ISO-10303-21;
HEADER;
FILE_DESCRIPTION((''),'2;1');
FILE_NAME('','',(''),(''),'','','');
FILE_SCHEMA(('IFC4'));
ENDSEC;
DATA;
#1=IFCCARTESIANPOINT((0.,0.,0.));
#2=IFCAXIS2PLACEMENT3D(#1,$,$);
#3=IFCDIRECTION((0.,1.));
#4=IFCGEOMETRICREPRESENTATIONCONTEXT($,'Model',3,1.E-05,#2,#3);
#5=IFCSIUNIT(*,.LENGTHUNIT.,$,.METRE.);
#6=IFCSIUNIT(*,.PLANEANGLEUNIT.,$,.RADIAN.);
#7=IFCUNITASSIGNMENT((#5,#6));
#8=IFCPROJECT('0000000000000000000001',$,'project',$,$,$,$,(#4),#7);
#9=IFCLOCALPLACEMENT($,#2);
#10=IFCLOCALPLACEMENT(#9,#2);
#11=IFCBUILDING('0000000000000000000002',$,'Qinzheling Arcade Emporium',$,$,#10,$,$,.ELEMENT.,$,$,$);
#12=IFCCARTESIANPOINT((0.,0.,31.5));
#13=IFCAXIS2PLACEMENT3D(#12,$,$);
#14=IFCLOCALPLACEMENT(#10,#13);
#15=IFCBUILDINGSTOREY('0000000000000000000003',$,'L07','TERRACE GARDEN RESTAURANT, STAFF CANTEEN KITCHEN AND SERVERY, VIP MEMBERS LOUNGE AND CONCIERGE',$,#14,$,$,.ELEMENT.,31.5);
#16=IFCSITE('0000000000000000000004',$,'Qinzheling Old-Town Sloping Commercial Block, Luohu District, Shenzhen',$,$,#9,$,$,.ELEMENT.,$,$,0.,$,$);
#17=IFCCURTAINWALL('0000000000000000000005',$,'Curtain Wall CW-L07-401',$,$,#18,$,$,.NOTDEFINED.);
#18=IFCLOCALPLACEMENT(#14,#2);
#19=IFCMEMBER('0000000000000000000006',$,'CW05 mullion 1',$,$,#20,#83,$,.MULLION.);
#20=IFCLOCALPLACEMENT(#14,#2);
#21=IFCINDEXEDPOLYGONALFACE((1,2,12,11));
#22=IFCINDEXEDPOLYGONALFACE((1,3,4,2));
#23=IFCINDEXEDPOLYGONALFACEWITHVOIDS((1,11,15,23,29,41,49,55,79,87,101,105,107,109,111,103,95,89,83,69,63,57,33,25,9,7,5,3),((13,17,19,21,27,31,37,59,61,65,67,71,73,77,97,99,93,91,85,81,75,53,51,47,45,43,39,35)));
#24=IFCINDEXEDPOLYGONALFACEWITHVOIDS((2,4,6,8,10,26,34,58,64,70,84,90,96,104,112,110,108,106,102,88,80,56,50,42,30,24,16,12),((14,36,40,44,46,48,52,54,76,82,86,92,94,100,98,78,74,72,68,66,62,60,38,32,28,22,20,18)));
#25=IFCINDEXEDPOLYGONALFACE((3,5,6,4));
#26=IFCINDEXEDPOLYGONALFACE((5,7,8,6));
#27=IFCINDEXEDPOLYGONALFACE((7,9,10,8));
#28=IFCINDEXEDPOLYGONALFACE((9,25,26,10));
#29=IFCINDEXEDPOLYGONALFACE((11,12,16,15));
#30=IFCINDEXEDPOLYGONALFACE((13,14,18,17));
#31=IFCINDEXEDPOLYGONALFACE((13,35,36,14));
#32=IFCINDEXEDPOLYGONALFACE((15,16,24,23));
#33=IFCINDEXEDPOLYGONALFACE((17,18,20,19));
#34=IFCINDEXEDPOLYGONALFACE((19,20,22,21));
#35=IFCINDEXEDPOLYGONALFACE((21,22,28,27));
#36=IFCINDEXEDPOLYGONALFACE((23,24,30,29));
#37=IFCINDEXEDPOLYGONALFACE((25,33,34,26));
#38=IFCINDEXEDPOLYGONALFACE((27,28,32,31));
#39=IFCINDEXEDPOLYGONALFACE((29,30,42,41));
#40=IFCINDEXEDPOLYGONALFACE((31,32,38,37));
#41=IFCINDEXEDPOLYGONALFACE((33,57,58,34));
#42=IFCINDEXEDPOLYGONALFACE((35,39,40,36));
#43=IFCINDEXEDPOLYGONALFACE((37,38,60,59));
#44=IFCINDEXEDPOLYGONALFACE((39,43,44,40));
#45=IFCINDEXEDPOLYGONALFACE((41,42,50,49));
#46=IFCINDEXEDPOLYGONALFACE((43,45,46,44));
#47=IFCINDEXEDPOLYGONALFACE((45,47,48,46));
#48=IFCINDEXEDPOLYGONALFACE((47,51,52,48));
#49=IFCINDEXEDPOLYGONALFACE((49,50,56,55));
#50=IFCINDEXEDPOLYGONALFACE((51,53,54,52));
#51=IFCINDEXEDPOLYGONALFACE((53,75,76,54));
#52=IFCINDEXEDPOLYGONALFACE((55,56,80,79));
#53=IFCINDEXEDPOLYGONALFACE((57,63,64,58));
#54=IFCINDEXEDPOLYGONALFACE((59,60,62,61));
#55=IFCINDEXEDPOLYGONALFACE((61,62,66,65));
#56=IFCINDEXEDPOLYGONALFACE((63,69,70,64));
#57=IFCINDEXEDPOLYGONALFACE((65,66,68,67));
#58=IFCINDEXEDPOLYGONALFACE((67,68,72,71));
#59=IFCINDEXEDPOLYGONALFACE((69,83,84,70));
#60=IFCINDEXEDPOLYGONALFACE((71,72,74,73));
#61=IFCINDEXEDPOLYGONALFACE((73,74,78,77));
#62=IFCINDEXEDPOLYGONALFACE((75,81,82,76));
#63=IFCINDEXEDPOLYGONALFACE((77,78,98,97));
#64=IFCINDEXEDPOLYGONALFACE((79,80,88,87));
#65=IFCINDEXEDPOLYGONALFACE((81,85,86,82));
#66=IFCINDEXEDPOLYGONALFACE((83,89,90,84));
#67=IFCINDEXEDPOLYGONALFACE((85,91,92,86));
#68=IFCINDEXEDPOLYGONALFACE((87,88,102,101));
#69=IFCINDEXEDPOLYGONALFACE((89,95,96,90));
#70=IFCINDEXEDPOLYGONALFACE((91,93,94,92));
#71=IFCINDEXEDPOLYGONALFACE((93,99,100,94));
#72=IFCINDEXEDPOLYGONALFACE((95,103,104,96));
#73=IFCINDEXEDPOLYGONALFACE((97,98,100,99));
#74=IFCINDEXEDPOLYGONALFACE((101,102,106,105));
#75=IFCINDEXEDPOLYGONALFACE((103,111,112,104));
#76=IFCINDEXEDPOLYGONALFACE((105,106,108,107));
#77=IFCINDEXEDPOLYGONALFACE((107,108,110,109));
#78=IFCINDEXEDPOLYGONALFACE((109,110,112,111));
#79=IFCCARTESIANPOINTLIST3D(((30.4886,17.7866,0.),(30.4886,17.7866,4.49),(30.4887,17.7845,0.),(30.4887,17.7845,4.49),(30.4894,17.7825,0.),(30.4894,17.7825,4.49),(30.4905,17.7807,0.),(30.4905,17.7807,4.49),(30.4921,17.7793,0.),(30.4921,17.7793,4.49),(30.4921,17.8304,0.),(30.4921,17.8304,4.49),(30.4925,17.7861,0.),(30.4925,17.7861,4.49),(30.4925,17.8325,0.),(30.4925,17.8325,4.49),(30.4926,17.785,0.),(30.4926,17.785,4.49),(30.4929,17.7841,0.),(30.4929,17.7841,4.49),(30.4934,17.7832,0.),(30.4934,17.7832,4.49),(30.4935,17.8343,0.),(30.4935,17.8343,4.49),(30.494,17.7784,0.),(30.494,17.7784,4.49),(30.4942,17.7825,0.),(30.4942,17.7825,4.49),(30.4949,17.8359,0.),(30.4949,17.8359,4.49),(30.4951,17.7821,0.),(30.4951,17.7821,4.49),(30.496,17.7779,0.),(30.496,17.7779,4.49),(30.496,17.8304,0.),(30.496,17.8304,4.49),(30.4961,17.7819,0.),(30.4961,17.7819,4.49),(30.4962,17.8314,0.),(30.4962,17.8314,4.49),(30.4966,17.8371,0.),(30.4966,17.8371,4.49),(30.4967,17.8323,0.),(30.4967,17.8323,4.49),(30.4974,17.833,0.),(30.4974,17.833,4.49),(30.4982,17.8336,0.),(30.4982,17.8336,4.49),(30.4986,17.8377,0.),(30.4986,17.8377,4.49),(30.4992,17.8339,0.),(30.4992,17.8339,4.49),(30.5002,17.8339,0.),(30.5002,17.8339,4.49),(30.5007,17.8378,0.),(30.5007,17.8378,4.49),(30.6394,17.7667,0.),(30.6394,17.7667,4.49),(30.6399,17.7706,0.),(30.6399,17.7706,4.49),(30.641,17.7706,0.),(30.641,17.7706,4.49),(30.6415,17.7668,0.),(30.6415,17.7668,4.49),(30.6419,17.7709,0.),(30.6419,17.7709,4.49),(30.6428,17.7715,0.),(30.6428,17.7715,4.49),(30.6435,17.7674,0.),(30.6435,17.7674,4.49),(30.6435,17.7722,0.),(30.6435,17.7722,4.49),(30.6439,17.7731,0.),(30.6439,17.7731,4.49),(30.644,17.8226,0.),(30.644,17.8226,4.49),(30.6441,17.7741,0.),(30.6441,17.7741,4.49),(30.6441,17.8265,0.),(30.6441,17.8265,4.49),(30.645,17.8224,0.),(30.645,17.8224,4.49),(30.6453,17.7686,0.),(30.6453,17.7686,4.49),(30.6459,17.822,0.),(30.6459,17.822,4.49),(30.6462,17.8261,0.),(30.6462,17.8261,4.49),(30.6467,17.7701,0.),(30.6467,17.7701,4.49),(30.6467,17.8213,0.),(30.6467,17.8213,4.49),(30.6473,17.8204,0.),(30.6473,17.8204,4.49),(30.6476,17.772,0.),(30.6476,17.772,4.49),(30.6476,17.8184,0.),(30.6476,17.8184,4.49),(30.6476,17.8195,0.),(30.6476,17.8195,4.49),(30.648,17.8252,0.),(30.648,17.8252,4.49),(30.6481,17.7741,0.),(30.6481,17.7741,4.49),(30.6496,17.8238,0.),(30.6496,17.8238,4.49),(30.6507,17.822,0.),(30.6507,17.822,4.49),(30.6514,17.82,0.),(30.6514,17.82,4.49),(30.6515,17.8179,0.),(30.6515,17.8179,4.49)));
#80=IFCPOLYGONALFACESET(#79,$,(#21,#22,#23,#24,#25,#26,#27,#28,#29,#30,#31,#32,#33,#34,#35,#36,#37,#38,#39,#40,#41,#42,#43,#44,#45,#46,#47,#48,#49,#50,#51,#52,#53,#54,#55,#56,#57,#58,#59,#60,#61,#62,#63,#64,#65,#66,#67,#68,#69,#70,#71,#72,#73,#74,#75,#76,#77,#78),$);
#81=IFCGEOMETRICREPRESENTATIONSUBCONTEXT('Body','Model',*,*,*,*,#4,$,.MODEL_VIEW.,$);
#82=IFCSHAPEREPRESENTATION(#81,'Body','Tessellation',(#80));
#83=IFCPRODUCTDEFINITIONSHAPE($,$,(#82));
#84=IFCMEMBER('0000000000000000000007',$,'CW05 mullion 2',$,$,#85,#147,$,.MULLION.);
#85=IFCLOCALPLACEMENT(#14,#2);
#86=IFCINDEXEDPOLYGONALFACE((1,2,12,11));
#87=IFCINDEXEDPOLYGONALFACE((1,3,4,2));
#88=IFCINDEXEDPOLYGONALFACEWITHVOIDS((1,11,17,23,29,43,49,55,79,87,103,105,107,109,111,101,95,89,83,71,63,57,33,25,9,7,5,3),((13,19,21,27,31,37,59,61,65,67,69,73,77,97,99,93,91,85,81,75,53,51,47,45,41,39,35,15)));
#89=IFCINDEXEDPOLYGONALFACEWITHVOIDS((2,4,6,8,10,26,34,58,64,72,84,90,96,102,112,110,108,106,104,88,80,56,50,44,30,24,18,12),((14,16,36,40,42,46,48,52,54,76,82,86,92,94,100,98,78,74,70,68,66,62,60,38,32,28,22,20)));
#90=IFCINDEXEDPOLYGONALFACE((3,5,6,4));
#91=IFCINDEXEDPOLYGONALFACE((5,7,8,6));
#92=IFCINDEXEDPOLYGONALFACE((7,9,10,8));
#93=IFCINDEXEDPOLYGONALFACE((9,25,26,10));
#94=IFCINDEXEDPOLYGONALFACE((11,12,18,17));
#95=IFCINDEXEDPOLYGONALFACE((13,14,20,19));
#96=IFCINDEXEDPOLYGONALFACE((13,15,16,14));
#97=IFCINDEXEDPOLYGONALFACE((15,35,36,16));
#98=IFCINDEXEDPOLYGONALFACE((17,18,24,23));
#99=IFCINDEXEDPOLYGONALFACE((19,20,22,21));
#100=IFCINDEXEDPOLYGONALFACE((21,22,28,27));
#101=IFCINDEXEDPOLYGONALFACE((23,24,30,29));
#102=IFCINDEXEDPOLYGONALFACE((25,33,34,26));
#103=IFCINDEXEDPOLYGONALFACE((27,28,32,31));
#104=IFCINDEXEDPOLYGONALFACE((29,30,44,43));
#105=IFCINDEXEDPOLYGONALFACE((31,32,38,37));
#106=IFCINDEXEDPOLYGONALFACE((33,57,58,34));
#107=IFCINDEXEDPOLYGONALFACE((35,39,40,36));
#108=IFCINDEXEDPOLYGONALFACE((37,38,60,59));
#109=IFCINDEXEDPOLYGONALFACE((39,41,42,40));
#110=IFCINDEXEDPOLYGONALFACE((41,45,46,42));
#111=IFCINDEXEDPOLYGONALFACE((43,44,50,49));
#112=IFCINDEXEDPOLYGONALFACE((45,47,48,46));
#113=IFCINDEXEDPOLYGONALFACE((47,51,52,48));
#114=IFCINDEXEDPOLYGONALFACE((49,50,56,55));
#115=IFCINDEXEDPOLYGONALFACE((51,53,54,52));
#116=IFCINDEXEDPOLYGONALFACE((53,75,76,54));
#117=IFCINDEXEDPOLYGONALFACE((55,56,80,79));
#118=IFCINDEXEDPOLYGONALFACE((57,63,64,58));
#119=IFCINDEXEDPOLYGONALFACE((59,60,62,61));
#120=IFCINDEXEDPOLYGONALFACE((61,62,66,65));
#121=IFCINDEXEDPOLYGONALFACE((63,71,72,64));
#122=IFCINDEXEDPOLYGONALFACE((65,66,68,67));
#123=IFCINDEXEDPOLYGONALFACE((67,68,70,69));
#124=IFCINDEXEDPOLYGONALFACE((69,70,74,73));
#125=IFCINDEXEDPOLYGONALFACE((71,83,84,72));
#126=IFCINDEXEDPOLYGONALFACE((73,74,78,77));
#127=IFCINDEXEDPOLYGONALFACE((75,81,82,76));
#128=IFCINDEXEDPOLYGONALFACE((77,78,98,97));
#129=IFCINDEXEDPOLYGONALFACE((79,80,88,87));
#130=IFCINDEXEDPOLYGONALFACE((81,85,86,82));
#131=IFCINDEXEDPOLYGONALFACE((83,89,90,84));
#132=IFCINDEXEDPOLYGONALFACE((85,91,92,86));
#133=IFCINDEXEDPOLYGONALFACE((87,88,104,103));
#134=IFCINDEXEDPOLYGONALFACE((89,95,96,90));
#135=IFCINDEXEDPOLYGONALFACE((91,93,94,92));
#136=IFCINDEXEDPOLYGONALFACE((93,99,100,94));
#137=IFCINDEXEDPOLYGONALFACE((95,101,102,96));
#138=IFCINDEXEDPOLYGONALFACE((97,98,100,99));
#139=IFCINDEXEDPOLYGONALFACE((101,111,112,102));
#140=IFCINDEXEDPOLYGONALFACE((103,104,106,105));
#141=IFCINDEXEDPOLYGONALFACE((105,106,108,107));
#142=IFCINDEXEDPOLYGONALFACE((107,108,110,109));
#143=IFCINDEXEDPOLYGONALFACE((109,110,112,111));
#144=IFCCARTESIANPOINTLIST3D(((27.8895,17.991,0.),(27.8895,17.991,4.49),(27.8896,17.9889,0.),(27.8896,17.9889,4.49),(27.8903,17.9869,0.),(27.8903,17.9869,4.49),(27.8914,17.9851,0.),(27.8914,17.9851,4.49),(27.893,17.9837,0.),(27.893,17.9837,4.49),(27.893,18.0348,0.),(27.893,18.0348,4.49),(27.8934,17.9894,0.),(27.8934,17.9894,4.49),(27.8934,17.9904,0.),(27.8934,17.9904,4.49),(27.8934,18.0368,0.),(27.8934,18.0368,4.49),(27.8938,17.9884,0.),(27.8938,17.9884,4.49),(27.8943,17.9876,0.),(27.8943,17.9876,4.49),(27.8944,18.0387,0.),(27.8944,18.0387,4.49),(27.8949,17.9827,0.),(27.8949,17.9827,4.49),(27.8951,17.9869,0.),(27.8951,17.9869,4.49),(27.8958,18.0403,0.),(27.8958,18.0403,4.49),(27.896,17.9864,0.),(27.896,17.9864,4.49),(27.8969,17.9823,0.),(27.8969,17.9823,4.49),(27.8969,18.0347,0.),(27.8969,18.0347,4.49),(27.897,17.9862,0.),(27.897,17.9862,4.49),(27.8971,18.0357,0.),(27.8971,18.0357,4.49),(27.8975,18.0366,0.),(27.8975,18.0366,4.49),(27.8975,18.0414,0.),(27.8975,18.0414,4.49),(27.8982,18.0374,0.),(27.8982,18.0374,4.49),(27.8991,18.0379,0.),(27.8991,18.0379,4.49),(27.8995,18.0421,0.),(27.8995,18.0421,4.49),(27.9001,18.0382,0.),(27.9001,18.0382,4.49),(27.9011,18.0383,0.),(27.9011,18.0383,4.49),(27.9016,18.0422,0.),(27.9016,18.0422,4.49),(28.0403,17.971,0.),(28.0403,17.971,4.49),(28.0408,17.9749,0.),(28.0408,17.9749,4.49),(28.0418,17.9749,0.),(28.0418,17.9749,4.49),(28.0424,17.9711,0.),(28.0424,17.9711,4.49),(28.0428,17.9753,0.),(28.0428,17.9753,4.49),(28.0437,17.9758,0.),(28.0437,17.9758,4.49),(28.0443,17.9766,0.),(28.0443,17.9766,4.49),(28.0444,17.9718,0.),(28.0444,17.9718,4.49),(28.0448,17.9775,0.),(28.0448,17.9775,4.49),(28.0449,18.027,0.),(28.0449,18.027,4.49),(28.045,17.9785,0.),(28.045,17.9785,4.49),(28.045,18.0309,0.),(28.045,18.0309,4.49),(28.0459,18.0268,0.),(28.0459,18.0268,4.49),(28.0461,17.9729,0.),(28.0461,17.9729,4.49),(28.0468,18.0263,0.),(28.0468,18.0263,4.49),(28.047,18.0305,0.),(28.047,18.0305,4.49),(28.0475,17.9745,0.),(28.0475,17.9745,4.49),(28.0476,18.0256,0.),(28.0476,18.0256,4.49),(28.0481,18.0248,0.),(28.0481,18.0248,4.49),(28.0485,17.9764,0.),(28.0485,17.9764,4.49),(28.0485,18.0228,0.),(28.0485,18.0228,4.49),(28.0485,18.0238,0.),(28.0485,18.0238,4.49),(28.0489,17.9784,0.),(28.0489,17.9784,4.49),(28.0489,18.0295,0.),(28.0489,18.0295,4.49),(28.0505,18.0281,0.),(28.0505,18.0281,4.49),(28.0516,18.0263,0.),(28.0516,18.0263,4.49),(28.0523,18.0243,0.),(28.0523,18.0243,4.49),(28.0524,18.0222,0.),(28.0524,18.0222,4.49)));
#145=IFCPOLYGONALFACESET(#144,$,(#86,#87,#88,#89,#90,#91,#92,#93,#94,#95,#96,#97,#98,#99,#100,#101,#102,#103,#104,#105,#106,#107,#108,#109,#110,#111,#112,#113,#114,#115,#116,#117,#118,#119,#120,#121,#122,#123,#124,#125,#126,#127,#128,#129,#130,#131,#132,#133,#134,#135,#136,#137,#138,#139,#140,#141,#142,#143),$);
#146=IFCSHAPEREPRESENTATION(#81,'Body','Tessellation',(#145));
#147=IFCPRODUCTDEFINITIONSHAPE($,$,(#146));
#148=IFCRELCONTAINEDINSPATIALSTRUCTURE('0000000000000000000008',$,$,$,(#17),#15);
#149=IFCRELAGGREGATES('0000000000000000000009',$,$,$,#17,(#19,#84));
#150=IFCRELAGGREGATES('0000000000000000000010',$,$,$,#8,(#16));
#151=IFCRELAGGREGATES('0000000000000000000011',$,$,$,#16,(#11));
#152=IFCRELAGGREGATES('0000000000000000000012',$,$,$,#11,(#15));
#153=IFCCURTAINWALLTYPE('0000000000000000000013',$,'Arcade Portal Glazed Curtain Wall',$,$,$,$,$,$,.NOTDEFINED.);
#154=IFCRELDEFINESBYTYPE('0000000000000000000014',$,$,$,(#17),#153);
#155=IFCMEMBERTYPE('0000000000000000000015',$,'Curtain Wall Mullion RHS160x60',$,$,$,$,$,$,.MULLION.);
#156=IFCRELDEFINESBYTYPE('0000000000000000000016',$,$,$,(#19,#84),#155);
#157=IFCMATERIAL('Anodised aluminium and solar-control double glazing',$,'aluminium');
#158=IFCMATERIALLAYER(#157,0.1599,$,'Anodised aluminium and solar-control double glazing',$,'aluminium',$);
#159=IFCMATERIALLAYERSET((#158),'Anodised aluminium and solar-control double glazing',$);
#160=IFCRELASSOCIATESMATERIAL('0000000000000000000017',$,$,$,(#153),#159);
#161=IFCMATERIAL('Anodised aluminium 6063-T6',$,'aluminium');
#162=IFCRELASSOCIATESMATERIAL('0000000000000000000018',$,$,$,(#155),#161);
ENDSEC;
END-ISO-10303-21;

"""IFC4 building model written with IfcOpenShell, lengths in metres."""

from ifc_helpers import new_model, si_unit, direction, frame, origin, origin_2d, place, context, subcontext, project, spatial, hollow_rectangle, extrude, material, layer, layer_set, material_profile, profile_set, type_object, element, aggregate, save


model = new_model("IFC4")

# Units and contexts
model_context = context("Model", 3, precision=1e-05, world=origin(), true_north=direction((0.0, 1.0)))
body_context = subcontext(model_context, "Body", "Model", "MODEL_VIEW")
ifc_project = project(units=[si_unit("LENGTHUNIT", "METRE"), si_unit("PLANEANGLEUNIT", "RADIAN")], contexts=[model_context])

# Site, building, storey
site_placement = place(None, origin())
site = spatial("IfcSite", under=ifc_project, at=site_placement, Name="Qinzheling Old-Town Sloping Commercial Block, Luohu District, Shenzhen", CompositionType="ELEMENT", RefElevation=0.0)
building_placement = place(site_placement, origin())
building = spatial("IfcBuilding", under=site, at=building_placement, Name="Qinzheling Arcade Emporium", CompositionType="ELEMENT")
storey_placement = place(building_placement, frame((0.0, 0.0, 31.5)))
storey = spatial("IfcBuildingStorey", under=building, at=storey_placement, Name="L07", Description="TERRACE GARDEN RESTAURANT, STAFF CANTEEN KITCHEN AND SERVERY, VIP MEMBERS LOUNGE AND CONCIERGE", CompositionType="ELEMENT", Elevation=31.5)

# Curtain wall, members
ifc_material_1 = material(Name="Anodised aluminium and solar-control double glazing", Category="aluminium")
ifc_layer_1 = layer(ifc_material_1, 0.1599, Name="Anodised aluminium and solar-control double glazing", Category="aluminium")
ifc_layer_set_1 = layer_set([ifc_layer_1], Name="Anodised aluminium and solar-control double glazing")
curtain_wall_type_1 = type_object("IfcCurtainWallType", Name="Arcade Portal Glazed Curtain Wall", PredefinedType="NOTDEFINED", material=ifc_layer_set_1)
ifc_material_2 = material(Name="Anodised aluminium 6063-T6", Category="aluminium")
ifc_material_profile_1 = material_profile(ifc_material_2, hollow_rectangle(XDim=0.0601, YDim=0.1599, WallThickness=0.0039, InnerFilletRadius=0.0039, OuterFilletRadius=0.0081, at=origin_2d()), Name="RHS 160x60x4", Category="aluminium")
ifc_profile_set_1 = profile_set([ifc_material_profile_1], Name="Anodised aluminium 6063-T6")
member_type_1 = type_object("IfcMemberType", Name="Curtain Wall Mullion RHS160x60", PredefinedType="MULLION", material=ifc_profile_set_1)
curtain_wall_1_placement = place(storey_placement, origin())
curtain_wall_1 = element("IfcCurtainWall", 1, at=curtain_wall_1_placement, inside=storey, type_object=curtain_wall_type_1, Name="Curtain Wall CW-L07-401", PredefinedType="NOTDEFINED")
member_1_placement = place(storey_placement, frame((30.5701, 17.8022, 0.0), z_axis=(0.0, 0.0, 1.0), x_axis=(-0.078359, -0.996925, 0.0)))
member_1 = element("IfcMember", 2, at=member_1_placement, type_object=member_type_1, Name="CW05 mullion 1", PredefinedType="MULLION", context=body_context, shape_type="SweptSolid", body=[
    extrude(hollow_rectangle(XDim=0.0601, YDim=0.1599, WallThickness=0.0039, InnerFilletRadius=0.0039, OuterFilletRadius=0.0081, at=origin_2d()), origin(), (0.0, 0.0, 1.0), 4.49),
])
member_2_placement = place(storey_placement, frame((27.9709, 18.0066, 0.0), z_axis=(0.0, 0.0, 1.0), x_axis=(-0.078359, -0.996925, 0.0)))
member_2 = element("IfcMember", 3, at=member_2_placement, type_object=member_type_1, Name="CW05 mullion 2", PredefinedType="MULLION", context=body_context, shape_type="SweptSolid", body=[
    extrude(hollow_rectangle(XDim=0.0601, YDim=0.1599, WallThickness=0.0039, InnerFilletRadius=0.0039, OuterFilletRadius=0.0081, at=origin_2d()), origin(), (0.0, 0.0, 1.0), 4.49),
])

aggregate(curtain_wall_1, [member_1, member_2])

save(model, "model.ifc")
